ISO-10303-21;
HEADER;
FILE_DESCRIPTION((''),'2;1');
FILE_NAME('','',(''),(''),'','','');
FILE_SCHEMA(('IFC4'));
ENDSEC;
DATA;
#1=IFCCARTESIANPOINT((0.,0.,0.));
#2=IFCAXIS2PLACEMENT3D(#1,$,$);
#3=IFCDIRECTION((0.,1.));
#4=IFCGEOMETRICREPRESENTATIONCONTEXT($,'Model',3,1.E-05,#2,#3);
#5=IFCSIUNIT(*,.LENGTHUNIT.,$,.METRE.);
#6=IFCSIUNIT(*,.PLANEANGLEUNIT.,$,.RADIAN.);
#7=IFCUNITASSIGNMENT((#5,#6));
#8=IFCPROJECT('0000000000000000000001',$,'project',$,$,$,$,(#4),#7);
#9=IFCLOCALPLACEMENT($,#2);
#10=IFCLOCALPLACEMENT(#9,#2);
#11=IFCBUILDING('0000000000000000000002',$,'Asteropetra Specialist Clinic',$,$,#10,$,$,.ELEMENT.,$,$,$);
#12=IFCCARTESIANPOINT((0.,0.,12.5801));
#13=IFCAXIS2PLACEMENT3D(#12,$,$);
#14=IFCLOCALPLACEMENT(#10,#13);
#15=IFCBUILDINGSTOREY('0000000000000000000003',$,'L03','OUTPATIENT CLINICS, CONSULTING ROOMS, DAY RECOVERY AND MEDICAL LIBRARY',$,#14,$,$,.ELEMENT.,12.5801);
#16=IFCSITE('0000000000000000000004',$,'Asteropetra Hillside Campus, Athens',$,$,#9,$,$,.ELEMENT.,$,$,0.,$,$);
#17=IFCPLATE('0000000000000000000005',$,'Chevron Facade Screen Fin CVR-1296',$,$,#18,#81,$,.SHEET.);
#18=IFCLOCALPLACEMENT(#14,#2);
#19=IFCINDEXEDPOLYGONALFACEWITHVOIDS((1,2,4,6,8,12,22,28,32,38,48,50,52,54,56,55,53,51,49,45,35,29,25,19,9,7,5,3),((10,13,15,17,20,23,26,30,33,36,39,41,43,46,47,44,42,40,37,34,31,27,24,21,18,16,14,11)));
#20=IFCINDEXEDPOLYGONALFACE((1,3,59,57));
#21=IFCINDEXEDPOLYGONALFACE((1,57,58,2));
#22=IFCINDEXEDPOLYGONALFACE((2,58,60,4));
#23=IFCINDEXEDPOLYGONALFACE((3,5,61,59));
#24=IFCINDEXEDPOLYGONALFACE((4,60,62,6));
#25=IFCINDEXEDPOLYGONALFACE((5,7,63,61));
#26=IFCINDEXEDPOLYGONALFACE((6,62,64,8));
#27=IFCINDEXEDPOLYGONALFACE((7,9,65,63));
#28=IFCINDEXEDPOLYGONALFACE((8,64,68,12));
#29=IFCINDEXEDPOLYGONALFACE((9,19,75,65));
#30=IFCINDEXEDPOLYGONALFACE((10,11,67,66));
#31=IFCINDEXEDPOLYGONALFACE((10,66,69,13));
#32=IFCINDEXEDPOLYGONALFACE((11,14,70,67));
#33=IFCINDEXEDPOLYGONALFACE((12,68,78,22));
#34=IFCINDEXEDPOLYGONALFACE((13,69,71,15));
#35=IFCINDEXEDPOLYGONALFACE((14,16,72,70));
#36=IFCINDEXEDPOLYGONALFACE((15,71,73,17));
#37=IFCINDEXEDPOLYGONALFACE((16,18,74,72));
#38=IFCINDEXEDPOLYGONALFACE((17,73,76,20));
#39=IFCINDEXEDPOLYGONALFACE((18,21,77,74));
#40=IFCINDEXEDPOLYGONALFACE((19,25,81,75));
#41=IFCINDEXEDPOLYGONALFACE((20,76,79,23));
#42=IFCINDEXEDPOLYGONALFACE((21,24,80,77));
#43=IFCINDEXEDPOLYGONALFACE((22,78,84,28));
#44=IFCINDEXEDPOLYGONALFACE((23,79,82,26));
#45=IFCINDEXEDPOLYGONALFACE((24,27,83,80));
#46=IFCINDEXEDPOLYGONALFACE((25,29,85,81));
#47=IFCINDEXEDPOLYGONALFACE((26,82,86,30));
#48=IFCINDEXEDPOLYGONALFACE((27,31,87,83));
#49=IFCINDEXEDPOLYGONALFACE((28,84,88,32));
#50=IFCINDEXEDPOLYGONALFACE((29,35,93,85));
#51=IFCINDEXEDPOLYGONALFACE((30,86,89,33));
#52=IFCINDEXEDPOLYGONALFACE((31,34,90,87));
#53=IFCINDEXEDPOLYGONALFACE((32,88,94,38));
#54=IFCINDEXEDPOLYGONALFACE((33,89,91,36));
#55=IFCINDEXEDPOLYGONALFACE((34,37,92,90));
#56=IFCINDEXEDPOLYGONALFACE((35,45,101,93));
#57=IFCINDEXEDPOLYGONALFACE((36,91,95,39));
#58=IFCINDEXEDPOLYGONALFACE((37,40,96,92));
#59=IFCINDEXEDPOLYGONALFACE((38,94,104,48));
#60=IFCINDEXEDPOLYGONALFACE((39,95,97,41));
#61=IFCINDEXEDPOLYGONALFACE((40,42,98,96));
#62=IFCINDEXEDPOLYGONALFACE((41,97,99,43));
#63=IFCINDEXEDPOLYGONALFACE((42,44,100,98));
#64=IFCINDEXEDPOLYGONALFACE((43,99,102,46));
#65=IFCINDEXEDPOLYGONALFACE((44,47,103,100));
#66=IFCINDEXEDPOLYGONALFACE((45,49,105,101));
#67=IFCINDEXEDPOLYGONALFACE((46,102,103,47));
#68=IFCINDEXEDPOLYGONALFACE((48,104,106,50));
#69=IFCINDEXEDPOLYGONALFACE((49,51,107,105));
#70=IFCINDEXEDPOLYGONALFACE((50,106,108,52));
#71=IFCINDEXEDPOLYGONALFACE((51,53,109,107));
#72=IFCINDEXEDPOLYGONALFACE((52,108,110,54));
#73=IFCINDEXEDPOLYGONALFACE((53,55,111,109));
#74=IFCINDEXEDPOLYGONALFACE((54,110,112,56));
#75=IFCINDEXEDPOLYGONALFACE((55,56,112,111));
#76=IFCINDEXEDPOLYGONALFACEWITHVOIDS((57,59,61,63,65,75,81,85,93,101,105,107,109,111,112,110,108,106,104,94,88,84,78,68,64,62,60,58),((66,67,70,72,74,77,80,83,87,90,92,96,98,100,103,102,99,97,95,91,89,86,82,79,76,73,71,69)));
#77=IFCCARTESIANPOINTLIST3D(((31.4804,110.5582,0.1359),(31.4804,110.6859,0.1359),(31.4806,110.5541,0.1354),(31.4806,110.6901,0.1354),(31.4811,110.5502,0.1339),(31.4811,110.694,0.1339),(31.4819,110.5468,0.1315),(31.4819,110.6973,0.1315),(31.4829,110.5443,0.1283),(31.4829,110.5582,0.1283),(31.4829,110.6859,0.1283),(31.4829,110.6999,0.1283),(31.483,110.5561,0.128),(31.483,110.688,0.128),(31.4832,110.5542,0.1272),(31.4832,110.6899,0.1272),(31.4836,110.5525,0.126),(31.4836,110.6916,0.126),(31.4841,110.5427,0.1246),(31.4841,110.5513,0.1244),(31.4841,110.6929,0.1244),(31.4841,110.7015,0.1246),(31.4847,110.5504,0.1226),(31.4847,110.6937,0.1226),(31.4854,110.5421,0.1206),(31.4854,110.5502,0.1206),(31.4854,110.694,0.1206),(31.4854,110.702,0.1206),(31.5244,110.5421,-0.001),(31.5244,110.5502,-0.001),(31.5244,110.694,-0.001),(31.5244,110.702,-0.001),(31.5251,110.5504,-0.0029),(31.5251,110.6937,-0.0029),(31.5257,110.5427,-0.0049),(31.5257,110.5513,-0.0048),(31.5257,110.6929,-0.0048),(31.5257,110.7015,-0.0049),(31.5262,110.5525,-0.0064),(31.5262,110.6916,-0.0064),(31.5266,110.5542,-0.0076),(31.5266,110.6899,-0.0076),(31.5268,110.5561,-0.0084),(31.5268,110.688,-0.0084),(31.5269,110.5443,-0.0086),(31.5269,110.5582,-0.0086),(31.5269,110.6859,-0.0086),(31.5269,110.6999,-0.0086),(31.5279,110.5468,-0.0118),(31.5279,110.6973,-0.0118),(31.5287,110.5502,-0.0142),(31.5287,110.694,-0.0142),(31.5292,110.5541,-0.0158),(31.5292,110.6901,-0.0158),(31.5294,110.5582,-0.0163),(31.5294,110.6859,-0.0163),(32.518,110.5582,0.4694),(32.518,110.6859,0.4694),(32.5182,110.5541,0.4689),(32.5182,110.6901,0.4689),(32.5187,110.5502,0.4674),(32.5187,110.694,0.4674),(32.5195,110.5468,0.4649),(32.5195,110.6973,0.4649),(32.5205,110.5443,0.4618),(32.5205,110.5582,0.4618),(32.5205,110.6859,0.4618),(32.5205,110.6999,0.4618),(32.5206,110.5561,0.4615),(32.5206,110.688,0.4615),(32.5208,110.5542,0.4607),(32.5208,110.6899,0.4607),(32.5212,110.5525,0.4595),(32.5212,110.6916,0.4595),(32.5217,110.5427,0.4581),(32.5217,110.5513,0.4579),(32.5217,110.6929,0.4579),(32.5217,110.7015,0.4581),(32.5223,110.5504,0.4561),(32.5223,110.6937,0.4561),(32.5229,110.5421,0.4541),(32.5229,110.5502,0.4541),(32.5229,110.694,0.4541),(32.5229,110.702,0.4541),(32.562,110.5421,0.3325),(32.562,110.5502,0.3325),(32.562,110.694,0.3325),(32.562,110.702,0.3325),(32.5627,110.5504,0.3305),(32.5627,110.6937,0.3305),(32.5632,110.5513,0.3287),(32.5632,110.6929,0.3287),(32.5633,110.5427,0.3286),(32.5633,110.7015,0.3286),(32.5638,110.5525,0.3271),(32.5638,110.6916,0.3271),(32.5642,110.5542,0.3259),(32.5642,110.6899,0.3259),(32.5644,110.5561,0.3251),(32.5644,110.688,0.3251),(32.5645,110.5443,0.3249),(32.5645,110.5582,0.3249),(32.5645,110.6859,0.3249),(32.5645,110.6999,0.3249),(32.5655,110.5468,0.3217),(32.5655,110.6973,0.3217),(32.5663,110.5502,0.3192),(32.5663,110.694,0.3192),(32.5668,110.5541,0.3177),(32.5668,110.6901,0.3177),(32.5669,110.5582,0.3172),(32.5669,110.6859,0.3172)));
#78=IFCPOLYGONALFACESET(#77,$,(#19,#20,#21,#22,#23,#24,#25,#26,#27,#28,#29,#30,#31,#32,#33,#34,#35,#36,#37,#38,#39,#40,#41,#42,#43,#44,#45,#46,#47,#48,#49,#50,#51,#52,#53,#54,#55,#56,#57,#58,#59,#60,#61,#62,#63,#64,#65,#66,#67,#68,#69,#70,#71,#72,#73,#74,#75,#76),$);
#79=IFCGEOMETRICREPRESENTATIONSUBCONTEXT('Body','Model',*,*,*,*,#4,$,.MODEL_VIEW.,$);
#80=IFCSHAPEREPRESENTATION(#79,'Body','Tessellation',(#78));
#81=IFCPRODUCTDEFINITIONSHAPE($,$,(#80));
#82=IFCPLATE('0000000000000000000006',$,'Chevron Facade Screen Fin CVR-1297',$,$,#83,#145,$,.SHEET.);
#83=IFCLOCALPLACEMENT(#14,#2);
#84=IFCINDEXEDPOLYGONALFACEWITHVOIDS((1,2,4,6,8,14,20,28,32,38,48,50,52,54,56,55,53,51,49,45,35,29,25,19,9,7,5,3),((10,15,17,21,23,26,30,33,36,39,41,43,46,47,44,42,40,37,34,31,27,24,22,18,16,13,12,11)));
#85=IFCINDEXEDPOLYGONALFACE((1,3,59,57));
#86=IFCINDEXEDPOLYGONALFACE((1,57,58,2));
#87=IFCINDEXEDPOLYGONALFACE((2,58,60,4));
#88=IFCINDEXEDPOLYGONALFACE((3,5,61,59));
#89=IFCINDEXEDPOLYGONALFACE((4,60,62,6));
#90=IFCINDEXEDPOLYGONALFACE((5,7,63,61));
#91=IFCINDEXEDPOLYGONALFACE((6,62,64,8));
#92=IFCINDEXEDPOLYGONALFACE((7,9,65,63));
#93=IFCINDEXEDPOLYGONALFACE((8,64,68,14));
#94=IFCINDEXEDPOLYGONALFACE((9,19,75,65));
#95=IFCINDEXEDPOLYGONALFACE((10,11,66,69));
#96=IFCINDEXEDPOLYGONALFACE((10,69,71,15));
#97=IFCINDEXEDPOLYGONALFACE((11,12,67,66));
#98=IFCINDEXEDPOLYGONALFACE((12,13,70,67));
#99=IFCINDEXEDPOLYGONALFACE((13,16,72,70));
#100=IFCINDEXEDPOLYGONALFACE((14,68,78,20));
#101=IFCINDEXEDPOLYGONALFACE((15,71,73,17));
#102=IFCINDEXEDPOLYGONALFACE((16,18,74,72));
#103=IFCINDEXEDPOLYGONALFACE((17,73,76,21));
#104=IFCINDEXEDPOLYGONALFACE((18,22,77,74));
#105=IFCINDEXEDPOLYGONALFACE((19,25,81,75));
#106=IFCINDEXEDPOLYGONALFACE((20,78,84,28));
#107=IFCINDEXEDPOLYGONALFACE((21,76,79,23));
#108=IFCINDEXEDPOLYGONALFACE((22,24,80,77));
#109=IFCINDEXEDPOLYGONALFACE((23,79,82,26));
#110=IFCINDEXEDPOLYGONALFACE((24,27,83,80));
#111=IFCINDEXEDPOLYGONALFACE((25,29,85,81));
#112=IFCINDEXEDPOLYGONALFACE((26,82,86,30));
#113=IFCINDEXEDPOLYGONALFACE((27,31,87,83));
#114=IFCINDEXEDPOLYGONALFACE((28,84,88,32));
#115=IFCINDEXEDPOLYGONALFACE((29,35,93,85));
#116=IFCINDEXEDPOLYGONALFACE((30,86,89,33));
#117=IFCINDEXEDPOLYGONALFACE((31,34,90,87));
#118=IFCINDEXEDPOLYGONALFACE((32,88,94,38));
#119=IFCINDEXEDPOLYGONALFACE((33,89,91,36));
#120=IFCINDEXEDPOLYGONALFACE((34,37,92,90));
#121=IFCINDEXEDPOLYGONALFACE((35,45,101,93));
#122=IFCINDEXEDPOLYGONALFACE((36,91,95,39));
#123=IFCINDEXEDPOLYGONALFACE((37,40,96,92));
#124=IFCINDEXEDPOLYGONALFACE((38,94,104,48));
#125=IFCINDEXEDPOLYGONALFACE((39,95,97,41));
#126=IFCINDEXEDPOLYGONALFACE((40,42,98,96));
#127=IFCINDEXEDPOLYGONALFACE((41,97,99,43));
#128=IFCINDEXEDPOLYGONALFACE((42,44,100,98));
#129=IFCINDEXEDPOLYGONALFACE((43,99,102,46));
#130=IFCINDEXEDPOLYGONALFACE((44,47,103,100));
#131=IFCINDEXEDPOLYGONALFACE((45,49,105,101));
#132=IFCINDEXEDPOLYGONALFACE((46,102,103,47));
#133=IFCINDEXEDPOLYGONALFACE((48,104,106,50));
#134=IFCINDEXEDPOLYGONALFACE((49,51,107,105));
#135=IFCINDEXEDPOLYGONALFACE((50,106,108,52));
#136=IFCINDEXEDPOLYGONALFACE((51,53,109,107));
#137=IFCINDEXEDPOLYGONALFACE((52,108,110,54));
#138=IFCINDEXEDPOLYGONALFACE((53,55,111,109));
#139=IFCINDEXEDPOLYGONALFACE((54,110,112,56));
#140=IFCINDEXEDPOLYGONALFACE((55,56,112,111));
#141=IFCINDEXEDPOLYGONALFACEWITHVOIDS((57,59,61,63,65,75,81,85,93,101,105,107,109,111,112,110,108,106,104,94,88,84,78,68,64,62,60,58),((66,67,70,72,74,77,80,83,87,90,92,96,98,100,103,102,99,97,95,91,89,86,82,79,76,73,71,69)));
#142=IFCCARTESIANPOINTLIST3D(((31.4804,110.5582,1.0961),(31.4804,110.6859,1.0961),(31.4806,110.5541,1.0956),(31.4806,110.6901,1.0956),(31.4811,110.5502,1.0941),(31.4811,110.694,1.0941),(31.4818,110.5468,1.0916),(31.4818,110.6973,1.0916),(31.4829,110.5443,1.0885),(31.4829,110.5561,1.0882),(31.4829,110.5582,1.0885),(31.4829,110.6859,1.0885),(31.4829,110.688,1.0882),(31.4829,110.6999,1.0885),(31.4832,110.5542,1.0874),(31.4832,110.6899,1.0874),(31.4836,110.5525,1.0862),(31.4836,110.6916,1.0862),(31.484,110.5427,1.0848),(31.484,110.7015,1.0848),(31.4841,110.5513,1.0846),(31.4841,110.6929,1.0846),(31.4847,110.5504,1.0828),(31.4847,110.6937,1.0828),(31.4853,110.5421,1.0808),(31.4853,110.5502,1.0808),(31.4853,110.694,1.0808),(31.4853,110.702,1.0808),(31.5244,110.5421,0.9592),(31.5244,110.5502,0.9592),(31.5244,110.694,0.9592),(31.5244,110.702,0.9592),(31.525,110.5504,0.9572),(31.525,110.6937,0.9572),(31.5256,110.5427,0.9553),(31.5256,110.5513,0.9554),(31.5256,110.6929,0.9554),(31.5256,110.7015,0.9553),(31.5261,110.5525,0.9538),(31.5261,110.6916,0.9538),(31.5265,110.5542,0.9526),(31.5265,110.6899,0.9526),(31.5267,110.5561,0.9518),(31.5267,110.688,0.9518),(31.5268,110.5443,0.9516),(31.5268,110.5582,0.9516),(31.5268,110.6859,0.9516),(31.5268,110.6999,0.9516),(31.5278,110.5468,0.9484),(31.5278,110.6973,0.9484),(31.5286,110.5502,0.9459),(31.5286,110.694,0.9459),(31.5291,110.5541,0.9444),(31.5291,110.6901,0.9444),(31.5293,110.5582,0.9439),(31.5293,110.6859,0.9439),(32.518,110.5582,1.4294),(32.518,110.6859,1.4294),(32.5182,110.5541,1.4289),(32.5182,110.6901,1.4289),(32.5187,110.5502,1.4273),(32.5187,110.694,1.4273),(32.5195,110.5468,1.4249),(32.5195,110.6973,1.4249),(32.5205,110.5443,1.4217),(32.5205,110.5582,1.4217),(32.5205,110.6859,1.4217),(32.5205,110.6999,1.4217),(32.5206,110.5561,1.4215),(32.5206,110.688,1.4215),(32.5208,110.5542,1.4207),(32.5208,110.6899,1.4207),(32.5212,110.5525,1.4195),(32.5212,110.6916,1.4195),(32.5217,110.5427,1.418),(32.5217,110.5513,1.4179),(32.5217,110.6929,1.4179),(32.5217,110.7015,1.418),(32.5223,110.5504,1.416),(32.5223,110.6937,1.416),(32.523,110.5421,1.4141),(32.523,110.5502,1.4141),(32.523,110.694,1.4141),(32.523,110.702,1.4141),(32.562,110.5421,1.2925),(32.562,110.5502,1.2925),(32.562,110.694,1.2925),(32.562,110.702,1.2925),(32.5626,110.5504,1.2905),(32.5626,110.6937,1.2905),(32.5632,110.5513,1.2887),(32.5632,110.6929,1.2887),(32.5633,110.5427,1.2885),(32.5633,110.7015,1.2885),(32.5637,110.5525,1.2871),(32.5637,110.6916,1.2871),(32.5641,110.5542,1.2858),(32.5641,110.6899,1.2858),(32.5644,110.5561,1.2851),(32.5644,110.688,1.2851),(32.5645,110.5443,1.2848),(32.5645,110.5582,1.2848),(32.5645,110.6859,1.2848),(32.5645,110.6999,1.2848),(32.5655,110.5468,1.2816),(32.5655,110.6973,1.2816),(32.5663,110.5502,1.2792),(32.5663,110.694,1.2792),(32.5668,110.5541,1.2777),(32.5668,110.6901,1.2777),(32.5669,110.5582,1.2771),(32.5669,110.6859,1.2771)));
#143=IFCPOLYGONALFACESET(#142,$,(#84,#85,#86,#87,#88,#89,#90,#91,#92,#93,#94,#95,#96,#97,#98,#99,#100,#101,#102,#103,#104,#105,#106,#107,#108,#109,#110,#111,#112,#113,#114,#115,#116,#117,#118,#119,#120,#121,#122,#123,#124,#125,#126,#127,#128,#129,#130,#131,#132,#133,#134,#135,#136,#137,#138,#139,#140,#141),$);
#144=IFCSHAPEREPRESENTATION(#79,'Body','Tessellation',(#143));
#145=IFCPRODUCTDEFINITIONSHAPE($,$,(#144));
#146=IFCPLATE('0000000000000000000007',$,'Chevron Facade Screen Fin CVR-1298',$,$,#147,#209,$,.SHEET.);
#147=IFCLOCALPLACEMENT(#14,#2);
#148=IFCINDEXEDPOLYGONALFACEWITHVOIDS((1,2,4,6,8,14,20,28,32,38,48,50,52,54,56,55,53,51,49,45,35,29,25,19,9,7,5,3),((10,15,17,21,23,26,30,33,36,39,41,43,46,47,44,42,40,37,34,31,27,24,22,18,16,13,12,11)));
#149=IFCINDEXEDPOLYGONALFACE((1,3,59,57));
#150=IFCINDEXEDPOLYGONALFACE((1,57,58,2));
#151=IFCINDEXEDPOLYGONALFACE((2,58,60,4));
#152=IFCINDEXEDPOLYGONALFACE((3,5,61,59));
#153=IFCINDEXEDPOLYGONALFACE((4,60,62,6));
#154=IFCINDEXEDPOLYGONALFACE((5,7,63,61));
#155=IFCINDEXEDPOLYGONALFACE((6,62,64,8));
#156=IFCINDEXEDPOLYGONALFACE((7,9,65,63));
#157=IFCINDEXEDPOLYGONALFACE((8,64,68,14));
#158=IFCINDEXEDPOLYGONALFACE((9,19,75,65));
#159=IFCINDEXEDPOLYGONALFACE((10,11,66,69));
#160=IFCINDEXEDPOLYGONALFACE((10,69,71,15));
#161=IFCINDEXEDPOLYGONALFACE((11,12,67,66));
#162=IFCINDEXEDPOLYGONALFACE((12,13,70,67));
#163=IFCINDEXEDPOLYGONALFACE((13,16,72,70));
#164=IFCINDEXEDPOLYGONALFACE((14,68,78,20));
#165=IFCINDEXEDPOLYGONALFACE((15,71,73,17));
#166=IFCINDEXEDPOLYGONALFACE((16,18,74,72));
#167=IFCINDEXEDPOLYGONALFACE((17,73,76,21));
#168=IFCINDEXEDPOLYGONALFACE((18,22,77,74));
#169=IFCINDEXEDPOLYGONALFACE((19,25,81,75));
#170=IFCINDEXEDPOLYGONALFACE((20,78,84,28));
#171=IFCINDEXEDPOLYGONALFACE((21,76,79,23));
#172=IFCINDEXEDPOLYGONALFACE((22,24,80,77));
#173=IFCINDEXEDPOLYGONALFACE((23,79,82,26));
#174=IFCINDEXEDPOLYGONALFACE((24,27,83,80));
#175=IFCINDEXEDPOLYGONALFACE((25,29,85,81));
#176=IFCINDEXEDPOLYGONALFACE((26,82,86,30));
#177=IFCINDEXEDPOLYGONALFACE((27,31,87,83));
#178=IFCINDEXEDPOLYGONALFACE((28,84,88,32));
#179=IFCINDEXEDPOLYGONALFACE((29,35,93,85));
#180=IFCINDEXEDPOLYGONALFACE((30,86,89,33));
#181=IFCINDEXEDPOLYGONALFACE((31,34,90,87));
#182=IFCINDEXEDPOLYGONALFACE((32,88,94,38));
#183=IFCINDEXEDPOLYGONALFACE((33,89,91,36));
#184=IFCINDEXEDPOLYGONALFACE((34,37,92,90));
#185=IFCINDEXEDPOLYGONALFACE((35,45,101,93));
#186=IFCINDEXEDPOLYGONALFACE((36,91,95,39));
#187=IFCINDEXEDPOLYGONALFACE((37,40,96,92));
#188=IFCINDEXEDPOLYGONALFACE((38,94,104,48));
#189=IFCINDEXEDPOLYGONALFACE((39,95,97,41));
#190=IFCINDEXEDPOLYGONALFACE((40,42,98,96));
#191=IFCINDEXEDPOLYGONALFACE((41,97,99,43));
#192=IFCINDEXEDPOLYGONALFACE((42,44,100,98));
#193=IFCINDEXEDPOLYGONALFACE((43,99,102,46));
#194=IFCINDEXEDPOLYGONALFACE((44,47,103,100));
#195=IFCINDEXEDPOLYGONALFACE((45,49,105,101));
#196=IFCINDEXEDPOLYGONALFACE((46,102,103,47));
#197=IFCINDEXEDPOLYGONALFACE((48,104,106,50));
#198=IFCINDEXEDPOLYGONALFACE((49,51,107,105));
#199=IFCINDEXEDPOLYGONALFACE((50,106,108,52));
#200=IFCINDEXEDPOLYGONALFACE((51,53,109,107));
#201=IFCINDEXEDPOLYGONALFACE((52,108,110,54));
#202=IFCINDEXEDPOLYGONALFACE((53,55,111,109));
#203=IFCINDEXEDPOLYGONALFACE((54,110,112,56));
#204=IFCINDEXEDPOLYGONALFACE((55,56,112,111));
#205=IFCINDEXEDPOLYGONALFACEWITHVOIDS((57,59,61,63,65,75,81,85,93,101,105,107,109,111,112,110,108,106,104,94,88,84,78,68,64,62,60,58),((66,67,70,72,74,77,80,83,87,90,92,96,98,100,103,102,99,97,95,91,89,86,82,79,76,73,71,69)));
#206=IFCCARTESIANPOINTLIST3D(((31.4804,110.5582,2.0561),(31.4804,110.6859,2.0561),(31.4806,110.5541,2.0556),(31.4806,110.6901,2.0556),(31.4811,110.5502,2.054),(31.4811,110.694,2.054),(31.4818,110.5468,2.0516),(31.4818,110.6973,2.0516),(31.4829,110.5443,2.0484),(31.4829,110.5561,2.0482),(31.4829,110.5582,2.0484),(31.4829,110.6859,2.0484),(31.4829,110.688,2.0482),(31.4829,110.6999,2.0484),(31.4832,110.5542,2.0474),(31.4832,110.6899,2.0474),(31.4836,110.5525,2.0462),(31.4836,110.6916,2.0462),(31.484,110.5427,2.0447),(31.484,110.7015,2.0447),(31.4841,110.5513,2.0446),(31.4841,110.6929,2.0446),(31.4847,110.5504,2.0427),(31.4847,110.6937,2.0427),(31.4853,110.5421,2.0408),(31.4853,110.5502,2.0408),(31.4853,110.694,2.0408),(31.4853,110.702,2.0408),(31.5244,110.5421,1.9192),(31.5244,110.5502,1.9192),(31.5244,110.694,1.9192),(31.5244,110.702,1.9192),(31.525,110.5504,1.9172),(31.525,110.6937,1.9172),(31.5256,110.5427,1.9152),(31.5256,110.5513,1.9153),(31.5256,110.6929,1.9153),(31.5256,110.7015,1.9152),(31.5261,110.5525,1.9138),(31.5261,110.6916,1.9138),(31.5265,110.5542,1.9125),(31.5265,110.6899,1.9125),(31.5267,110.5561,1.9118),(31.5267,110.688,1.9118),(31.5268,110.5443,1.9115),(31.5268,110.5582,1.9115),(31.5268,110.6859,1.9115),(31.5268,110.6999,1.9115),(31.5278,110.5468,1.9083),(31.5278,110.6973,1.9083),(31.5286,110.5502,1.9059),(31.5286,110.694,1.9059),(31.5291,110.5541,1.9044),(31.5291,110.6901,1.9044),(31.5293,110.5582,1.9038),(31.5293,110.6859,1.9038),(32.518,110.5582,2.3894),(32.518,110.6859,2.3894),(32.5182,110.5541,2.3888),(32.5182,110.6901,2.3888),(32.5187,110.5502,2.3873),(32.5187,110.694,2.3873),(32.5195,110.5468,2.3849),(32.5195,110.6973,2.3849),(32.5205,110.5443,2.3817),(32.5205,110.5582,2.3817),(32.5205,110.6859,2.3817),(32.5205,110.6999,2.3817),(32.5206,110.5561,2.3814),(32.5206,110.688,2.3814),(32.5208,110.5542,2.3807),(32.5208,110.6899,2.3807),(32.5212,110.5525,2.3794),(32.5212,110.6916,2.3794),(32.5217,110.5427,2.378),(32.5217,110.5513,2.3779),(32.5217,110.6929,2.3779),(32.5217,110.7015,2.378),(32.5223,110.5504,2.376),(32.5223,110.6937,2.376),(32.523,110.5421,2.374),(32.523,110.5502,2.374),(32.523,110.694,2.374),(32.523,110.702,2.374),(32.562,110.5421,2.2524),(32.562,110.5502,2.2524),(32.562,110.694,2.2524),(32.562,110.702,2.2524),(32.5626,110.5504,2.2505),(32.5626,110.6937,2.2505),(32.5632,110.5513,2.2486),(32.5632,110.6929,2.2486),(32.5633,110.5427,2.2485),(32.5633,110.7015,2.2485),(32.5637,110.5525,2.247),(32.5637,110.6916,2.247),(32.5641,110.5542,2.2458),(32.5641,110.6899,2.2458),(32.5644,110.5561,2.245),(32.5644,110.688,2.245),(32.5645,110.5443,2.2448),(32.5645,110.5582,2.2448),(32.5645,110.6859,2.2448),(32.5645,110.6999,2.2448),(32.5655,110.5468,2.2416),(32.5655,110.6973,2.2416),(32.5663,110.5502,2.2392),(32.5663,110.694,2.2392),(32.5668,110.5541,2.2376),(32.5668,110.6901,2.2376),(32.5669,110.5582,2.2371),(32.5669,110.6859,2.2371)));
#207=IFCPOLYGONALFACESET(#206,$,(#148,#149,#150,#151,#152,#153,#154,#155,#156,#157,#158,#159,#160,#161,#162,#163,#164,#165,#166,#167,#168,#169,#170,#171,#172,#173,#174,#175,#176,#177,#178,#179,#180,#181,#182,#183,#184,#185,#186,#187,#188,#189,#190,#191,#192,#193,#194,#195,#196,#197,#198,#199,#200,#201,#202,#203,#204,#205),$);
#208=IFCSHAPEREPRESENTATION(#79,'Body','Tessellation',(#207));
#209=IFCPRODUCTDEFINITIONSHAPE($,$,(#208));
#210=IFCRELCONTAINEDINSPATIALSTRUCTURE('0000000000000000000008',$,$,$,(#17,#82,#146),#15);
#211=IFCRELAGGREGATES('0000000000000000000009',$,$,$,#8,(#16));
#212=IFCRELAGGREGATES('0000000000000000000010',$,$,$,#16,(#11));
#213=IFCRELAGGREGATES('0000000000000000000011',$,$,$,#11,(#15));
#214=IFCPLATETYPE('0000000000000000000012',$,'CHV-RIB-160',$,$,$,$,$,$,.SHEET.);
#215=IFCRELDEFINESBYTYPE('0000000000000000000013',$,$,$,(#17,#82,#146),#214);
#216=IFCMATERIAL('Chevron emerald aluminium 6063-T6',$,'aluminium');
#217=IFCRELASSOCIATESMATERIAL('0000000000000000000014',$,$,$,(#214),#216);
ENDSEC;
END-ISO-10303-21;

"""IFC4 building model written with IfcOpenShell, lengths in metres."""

from ifc_helpers import new_model, si_unit, direction, frame, origin, origin_2d, place, context, subcontext, project, spatial, hollow_rectangle, extrude, material, material_profile, profile_set, type_object, element, save


model = new_model("IFC4")

# Units and contexts
model_context = context("Model", 3, precision=1e-05, world=origin(), true_north=direction((0.0, 1.0)))
body_context = subcontext(model_context, "Body", "Model", "MODEL_VIEW")
ifc_project = project(units=[si_unit("LENGTHUNIT", "METRE"), si_unit("PLANEANGLEUNIT", "RADIAN")], contexts=[model_context])

# Site, building, storey
site_placement = place(None, origin())
site = spatial("IfcSite", under=ifc_project, at=site_placement, Name="Asteropetra Hillside Campus, Athens", CompositionType="ELEMENT", RefElevation=0.0)
building_placement = place(site_placement, origin())
building = spatial("IfcBuilding", under=site, at=building_placement, Name="Asteropetra Specialist Clinic", CompositionType="ELEMENT")
storey_placement = place(building_placement, frame((0.0, 0.0, 12.5801)))
storey = spatial("IfcBuildingStorey", under=building, at=storey_placement, Name="L03", Description="OUTPATIENT CLINICS, CONSULTING ROOMS, DAY RECOVERY AND MEDICAL LIBRARY", CompositionType="ELEMENT", Elevation=12.5801)

# Plates
ifc_material_1 = material(Name="Chevron emerald aluminium 6063-T6", Category="aluminium")
ifc_material_profile_1 = material_profile(ifc_material_1, hollow_rectangle(XDim=0.1599, YDim=0.1599, WallThickness=0.0081, InnerFilletRadius=0.0081, OuterFilletRadius=0.0161, at=origin_2d()), Name="SHS 160x160x8.0")
ifc_profile_set_1 = profile_set([ifc_material_profile_1], Name="Chevron emerald aluminium 6063-T6")
plate_type = type_object("IfcPlateType", Name="CHV-RIB-160", PredefinedType="SHEET", material=ifc_profile_set_1)
for number, where, z_axis, x_axis, name in (
    (1, (32.5425, 110.6221, 0.3933), (-0.952033, 0.0, -0.305995), (0.0, -1.0, 0.0), "Chevron Facade Screen Fin CVR-1296"),
    (2, (32.5425, 110.6221, 1.3533), (-0.952098, 0.0, -0.305792), (0.0, -1.0, 0.0), "Chevron Facade Screen Fin CVR-1297"),
    (3, (32.5425, 110.6221, 2.3132), (-0.952098, 0.0, -0.305792), (0.0, -1.0, 0.0), "Chevron Facade Screen Fin CVR-1298"),
):
    element("IfcPlate", number, at=place(storey_placement, frame(where, z_axis=z_axis, x_axis=x_axis)), inside=storey, type_object=plate_type, Name=name, PredefinedType="SHEET", context=body_context, shape_type="SweptSolid", body=[
        extrude(hollow_rectangle(XDim=0.1599, YDim=0.1599, WallThickness=0.0081, InnerFilletRadius=0.0081, OuterFilletRadius=0.0161, at=origin_2d()), origin(), (0.0, 0.0, 1.0), 1.0898),
    ])

save(model, "model.ifc")
